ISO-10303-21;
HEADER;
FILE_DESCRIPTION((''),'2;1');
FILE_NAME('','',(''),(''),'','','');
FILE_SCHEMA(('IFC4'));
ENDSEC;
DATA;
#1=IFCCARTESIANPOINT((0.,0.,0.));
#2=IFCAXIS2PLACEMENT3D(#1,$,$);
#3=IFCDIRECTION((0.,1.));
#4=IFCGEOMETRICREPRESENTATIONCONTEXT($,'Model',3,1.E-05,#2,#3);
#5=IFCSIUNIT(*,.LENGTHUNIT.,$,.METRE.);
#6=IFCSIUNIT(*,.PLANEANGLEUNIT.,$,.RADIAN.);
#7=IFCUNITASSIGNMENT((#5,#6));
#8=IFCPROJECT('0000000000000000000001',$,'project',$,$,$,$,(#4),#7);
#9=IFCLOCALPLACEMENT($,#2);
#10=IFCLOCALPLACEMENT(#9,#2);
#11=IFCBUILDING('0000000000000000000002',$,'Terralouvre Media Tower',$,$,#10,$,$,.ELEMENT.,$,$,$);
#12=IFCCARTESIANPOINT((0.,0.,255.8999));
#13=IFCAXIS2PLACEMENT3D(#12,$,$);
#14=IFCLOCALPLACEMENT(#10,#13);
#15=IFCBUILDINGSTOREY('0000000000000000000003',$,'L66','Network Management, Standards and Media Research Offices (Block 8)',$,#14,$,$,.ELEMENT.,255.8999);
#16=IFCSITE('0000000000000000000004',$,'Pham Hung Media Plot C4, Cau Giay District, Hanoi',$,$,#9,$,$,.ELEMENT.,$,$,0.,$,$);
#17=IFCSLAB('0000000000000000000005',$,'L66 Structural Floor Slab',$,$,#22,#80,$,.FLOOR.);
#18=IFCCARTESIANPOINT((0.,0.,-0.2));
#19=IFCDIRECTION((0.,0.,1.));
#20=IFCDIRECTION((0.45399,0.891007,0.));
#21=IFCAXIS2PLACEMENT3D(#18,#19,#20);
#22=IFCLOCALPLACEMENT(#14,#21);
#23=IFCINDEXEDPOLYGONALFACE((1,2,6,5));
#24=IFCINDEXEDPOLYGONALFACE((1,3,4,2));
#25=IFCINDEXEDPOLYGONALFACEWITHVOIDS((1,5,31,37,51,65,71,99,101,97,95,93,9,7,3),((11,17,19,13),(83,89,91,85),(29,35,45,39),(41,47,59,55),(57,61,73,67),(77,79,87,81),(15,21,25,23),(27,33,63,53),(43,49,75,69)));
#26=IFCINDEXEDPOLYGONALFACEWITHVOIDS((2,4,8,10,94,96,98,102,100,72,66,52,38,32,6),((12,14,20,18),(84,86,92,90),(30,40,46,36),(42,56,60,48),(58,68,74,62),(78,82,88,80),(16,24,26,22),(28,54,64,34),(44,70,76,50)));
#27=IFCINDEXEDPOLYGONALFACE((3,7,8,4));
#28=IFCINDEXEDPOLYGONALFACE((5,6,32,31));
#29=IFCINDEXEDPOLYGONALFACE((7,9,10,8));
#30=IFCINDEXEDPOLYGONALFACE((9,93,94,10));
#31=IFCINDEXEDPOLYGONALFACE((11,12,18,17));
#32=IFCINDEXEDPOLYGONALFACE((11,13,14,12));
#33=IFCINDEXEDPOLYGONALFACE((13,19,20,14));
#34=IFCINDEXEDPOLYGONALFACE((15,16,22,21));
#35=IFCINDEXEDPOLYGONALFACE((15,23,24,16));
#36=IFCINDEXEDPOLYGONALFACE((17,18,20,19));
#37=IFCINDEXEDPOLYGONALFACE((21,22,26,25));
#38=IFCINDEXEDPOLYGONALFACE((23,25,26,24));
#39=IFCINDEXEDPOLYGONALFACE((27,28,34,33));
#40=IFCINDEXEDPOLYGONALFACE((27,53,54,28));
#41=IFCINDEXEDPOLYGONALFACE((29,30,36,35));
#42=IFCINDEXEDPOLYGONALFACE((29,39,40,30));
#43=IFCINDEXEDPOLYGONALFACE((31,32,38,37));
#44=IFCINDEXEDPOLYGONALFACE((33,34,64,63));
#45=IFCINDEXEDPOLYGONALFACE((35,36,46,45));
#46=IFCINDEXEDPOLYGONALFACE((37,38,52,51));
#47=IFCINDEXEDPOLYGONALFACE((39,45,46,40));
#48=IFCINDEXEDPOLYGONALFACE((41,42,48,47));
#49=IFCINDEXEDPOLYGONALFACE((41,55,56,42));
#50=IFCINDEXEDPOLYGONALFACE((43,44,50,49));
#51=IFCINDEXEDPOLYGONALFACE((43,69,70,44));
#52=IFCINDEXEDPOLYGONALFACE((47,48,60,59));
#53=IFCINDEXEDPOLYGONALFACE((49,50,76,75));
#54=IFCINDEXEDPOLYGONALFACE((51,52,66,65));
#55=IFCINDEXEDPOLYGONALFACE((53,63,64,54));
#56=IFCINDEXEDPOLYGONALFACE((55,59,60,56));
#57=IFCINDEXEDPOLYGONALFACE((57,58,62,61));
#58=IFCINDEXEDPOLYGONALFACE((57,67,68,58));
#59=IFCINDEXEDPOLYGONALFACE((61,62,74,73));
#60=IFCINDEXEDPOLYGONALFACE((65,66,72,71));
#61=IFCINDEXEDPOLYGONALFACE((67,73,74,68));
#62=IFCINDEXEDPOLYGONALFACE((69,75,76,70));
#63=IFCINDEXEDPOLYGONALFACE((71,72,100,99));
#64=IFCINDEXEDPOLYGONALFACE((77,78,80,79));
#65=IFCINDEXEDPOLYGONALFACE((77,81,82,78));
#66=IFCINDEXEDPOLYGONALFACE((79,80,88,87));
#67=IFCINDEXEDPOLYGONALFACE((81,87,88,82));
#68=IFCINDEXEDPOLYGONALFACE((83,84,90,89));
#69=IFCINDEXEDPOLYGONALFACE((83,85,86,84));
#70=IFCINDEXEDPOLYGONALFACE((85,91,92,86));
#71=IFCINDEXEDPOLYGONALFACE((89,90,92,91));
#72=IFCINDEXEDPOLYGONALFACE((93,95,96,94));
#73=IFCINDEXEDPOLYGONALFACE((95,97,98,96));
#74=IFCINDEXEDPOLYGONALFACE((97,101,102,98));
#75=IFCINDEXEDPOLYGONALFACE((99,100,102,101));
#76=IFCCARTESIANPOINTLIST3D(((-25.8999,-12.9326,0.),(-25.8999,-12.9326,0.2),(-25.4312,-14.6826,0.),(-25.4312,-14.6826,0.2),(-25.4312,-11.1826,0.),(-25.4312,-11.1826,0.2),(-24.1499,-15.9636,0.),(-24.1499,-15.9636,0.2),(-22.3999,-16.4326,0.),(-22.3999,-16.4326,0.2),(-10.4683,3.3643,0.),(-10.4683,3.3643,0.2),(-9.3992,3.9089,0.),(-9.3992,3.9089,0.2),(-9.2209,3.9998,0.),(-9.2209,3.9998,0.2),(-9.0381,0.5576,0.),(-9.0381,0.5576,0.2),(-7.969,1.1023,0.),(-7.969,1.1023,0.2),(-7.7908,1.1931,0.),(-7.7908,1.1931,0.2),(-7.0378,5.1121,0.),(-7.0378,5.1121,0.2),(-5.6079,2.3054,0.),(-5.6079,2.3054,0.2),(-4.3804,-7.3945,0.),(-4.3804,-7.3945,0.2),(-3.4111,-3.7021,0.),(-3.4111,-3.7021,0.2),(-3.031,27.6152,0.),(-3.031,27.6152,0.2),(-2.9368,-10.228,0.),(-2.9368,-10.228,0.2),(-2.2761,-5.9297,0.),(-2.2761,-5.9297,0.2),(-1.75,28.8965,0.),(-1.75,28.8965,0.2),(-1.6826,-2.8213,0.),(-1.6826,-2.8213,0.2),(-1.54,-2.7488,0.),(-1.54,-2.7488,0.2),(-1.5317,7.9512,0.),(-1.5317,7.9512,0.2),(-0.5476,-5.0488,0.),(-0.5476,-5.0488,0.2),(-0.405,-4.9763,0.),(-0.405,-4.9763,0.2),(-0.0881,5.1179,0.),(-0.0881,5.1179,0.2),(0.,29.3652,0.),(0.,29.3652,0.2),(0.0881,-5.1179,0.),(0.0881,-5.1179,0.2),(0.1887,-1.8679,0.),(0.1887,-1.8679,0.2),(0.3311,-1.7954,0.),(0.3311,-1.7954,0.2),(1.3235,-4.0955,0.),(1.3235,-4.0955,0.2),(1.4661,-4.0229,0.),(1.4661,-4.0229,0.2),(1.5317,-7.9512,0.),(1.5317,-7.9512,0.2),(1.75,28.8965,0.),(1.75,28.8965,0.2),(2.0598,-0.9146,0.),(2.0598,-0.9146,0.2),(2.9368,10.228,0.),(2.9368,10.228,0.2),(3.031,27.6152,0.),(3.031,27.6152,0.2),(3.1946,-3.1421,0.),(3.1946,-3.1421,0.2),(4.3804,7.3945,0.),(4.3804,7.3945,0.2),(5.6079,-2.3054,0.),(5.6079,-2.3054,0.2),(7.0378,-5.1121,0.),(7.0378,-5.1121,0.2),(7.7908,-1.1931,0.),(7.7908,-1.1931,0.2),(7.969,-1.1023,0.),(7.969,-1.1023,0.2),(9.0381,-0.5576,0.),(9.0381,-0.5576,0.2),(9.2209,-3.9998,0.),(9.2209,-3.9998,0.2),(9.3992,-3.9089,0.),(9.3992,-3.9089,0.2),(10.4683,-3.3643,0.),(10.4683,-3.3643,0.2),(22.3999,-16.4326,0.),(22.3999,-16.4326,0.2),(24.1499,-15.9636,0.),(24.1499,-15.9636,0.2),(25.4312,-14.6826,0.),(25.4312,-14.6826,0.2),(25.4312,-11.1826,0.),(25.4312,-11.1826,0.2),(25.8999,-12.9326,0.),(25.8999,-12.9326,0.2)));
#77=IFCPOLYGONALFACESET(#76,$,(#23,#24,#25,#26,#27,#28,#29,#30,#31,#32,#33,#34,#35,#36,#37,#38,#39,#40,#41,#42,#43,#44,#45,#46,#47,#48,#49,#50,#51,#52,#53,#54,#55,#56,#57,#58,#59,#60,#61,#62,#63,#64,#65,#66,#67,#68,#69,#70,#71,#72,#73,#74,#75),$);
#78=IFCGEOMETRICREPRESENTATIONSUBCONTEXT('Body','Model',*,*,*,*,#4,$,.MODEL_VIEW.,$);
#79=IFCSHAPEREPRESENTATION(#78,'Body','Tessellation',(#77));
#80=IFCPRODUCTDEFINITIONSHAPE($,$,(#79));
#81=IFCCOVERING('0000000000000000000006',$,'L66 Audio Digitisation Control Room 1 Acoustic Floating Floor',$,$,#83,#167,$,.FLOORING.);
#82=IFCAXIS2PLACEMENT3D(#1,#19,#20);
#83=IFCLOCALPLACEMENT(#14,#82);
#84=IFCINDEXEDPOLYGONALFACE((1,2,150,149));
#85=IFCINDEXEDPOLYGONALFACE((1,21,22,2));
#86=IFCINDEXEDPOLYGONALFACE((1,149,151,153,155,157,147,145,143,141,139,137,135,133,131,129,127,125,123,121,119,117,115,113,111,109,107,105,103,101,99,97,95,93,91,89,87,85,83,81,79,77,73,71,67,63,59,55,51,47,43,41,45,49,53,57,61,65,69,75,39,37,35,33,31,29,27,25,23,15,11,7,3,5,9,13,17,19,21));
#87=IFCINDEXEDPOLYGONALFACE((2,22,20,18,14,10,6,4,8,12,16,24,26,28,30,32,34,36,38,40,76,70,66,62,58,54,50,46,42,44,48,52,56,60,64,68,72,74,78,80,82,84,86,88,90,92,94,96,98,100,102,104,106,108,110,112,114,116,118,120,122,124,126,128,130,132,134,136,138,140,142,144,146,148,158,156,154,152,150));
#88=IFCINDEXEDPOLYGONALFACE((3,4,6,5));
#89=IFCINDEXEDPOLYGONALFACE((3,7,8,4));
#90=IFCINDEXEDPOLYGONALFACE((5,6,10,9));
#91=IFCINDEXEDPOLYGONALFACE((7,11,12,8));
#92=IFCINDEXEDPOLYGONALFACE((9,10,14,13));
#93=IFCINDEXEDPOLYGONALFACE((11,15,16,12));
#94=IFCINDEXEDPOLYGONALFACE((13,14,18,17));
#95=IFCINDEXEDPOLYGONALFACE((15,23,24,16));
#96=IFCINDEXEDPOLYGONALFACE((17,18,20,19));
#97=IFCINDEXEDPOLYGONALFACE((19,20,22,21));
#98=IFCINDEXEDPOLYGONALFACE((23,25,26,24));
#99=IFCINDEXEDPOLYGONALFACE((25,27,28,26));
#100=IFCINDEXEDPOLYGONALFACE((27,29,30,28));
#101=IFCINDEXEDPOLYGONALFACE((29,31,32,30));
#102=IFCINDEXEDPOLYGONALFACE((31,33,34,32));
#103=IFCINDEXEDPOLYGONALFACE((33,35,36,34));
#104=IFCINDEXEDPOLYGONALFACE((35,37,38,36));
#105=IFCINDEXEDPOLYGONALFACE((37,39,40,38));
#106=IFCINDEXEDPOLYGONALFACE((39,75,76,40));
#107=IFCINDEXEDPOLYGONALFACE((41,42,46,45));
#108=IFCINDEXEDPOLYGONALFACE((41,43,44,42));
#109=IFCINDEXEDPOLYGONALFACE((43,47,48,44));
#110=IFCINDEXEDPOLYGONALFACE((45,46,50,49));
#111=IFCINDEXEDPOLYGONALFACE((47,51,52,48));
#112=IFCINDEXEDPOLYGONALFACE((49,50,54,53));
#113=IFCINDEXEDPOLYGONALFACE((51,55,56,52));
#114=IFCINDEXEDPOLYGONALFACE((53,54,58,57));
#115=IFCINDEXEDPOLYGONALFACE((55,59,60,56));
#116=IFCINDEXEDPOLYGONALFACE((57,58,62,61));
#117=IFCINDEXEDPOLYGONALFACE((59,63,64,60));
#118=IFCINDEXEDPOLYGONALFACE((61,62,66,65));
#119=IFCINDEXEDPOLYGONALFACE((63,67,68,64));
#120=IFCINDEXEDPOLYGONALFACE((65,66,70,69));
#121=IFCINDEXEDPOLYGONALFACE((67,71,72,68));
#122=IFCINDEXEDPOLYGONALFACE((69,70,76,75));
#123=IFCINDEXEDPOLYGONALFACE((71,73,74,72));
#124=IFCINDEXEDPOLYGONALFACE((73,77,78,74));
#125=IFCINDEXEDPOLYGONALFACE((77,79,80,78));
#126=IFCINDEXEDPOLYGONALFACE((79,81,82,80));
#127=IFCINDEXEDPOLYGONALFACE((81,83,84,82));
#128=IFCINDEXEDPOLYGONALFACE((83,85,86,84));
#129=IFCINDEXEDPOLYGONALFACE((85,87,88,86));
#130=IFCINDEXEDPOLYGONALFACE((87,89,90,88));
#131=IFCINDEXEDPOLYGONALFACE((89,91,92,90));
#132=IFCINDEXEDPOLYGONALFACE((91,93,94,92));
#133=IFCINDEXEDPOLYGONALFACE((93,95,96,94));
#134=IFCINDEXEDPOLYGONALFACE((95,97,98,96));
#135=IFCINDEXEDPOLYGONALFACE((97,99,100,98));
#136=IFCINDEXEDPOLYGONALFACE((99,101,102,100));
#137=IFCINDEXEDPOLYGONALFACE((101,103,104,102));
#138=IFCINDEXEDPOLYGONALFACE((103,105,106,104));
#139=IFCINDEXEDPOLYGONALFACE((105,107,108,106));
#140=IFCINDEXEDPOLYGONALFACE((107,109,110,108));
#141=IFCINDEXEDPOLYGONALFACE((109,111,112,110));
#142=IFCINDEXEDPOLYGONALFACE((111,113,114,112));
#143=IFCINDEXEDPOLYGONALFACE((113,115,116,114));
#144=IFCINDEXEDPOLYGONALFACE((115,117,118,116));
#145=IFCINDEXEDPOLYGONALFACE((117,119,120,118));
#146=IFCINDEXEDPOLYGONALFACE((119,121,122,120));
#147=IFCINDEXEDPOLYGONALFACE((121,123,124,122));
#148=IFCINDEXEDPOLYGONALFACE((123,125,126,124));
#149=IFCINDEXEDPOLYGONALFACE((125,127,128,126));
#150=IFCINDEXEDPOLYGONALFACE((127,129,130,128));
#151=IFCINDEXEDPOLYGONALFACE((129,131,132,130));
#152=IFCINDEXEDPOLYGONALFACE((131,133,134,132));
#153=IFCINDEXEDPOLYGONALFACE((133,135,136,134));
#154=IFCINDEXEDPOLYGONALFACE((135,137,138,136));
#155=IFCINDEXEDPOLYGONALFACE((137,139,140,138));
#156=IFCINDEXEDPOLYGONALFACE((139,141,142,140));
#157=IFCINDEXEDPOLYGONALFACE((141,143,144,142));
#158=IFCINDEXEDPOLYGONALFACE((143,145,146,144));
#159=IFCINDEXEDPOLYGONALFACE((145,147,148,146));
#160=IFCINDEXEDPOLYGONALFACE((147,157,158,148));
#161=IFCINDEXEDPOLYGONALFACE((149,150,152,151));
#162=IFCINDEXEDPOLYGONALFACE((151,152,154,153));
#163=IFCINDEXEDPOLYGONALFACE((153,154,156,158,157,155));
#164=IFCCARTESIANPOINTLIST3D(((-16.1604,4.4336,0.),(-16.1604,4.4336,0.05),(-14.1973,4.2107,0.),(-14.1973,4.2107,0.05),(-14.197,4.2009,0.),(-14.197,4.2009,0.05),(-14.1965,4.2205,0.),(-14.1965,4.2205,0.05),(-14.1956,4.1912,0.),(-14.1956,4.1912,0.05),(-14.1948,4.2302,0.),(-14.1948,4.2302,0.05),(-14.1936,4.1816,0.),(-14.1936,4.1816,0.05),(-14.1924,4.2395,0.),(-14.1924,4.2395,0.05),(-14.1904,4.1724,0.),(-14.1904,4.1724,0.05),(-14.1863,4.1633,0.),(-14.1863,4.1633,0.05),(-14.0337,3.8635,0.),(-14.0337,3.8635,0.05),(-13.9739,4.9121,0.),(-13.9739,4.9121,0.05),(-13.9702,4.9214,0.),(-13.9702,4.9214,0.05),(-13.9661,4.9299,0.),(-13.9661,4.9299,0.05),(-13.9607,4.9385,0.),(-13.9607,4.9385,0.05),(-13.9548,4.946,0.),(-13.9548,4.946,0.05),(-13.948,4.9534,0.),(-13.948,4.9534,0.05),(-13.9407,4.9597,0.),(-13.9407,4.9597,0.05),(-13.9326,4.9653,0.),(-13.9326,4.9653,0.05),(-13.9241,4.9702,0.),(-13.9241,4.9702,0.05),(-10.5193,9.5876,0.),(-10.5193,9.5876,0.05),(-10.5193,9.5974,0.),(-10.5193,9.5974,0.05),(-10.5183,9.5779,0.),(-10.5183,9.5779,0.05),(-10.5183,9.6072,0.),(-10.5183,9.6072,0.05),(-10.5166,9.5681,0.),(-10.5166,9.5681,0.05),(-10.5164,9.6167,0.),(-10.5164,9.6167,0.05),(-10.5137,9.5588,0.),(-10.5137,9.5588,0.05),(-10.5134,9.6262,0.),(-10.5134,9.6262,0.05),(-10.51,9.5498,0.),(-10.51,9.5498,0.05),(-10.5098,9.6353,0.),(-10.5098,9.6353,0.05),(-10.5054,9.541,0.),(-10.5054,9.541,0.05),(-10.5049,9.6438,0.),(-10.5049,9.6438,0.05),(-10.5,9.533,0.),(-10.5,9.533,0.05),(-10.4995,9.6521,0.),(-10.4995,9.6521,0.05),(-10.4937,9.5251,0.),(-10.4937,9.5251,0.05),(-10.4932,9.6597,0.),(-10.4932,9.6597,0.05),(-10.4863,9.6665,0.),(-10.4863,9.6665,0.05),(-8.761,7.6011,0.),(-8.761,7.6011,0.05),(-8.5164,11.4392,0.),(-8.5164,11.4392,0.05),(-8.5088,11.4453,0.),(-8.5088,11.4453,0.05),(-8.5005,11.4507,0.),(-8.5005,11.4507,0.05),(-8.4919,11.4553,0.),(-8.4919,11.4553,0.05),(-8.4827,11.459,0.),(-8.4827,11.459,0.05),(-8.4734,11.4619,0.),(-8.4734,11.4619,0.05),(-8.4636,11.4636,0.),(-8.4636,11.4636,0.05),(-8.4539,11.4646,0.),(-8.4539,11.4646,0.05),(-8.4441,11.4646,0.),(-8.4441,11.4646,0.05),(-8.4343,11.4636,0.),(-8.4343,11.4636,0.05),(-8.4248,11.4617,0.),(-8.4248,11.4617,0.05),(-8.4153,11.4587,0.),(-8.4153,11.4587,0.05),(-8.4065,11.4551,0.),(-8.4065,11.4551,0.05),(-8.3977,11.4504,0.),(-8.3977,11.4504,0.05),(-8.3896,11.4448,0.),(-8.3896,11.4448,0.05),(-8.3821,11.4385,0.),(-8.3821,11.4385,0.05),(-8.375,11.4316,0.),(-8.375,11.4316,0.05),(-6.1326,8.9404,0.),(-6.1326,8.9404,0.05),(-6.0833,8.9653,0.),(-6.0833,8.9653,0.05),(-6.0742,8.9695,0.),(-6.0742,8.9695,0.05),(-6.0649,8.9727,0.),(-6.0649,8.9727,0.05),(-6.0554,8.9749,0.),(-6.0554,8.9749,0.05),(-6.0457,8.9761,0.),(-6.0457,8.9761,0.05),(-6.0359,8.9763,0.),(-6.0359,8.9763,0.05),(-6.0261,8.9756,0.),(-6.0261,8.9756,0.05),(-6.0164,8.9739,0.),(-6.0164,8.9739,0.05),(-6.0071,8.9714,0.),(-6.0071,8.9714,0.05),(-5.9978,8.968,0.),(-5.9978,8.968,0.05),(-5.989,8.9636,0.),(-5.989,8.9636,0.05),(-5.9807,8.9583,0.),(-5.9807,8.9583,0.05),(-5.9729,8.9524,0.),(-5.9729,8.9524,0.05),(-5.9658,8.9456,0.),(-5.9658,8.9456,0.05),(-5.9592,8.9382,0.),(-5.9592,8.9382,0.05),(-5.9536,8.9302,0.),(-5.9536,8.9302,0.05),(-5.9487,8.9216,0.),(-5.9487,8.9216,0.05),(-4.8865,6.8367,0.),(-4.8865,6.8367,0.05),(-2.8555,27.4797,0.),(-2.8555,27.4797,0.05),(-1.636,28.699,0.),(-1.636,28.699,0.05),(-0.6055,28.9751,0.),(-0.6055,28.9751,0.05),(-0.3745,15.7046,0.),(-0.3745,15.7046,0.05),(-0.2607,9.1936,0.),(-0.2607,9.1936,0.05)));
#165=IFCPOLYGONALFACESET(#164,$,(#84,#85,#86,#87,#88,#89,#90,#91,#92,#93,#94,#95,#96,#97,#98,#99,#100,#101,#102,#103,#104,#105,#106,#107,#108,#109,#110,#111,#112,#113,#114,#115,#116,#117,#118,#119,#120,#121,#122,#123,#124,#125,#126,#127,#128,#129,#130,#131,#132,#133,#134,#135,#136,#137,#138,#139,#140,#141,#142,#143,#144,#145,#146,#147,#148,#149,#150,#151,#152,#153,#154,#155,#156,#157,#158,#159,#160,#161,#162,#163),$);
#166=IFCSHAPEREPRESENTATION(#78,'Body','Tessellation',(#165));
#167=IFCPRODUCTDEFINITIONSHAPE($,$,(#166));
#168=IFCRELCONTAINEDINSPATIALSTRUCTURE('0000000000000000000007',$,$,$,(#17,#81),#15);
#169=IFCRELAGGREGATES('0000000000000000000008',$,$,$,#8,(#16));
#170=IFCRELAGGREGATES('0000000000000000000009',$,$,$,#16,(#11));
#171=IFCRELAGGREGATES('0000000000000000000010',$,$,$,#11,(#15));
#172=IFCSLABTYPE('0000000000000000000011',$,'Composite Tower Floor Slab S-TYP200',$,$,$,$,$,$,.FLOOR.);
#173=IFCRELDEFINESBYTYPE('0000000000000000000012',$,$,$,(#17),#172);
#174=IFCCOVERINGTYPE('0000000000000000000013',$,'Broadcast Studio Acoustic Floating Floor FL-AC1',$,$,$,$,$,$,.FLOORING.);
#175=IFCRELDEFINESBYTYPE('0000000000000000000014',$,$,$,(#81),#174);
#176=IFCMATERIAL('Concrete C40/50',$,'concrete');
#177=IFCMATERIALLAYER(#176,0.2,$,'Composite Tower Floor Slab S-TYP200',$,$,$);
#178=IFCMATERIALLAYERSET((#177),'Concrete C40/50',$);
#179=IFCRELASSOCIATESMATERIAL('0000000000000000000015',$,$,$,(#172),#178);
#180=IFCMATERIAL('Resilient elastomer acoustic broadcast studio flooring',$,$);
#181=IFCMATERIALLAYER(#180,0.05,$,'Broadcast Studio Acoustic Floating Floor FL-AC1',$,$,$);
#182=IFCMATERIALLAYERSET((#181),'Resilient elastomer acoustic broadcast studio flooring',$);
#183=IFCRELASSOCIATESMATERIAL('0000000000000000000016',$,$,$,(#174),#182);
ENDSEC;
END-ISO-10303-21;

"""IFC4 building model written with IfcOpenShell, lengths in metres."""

from ifc_helpers import new_model, si_unit, direction, frame, origin, place, context, subcontext, project, spatial, polyline, outline, extrude, material, layer, layer_set, type_object, element, save


model = new_model("IFC4")

# Units and contexts
model_context = context("Model", 3, precision=1e-05, world=origin(), true_north=direction((0.0, 1.0)))
body_context = subcontext(model_context, "Body", "Model", "MODEL_VIEW")
ifc_project = project(units=[si_unit("LENGTHUNIT", "METRE"), si_unit("PLANEANGLEUNIT", "RADIAN")], contexts=[model_context])

# Site, building, storey
site_placement = place(None, origin())
site = spatial("IfcSite", under=ifc_project, at=site_placement, Name="Pham Hung Media Plot C4, Cau Giay District, Hanoi", CompositionType="ELEMENT", RefElevation=0.0)
building_placement = place(site_placement, origin())
building = spatial("IfcBuilding", under=site, at=building_placement, Name="Terralouvre Media Tower", CompositionType="ELEMENT")
storey_placement = place(building_placement, frame((0.0, 0.0, 255.8999)))
storey = spatial("IfcBuildingStorey", under=building, at=storey_placement, Name="L66", Description="Network Management, Standards and Media Research Offices (Block 8)", CompositionType="ELEMENT", Elevation=255.8999)

# Slab
ifc_material_1 = material(Name="Concrete C40/50", Category="concrete")
ifc_layer_1 = layer(ifc_material_1, 0.2, Name="Composite Tower Floor Slab S-TYP200")
ifc_layer_set_1 = layer_set([ifc_layer_1], Name="Concrete C40/50")
slab_type = type_object("IfcSlabType", Name="Composite Tower Floor Slab S-TYP200", PredefinedType="FLOOR", material=ifc_layer_set_1)
slab_placement = place(storey_placement, frame((0.0, 0.0, -0.2), z_axis=(0.0, 0.0, 1.0), x_axis=(0.45399, 0.891007, 0.0)))
element("IfcSlab", 1, at=slab_placement, inside=storey, type_object=slab_type, Name="L66 Structural Floor Slab", PredefinedType="FLOOR", context=body_context, shape_type="SweptSolid", body=[
    extrude(outline(polyline([(-25.4312, -11.1826), (-25.8999, -12.9326), (-25.4312, -14.6826), (-24.1499, -15.9636), (-22.3999, -16.4326), (22.3999, -16.4326), (24.1499, -15.9636), (25.4312, -14.6826), (25.8999, -12.9326), (25.4312, -11.1826), (3.031, 27.6152), (1.75, 28.8965), (0.0, 29.3652), (-1.75, 28.8965), (-3.031, 27.6152), (-25.4312, -11.1826)]), holes=[polyline([(-7.969, 1.1023), (-9.0381, 0.5576), (-10.4683, 3.3643), (-9.3992, 3.9089), (-7.969, 1.1023)]), polyline([(-5.6079, 2.3054), (-7.7908, 1.1931), (-9.2209, 3.9998), (-7.0378, 5.1121), (-5.6079, 2.3054)]), polyline([(-4.3804, -7.3945), (0.0881, -5.1179), (1.5317, -7.9512), (-2.9368, -10.228), (-4.3804, -7.3945)]), polyline([(-0.5476, -5.0488), (-2.2761, -5.9297), (-3.4111, -3.7021), (-1.6826, -2.8213), (-0.5476, -5.0488)]), polyline([(1.3235, -4.0955), (-0.405, -4.9763), (-1.54, -2.7488), (0.1887, -1.8679), (1.3235, -4.0955)]), polyline([(3.1946, -3.1421), (1.4661, -4.0229), (0.3311, -1.7954), (2.0598, -0.9146), (3.1946, -3.1421)]), polyline([(4.3804, 7.3945), (-0.0881, 5.1179), (-1.5317, 7.9512), (2.9368, 10.228), (4.3804, 7.3945)]), polyline([(7.0378, -5.1121), (5.6079, -2.3054), (7.7908, -1.1931), (9.2209, -3.9998), (7.0378, -5.1121)]), polyline([(9.3992, -3.9089), (7.969, -1.1023), (9.0381, -0.5576), (10.4683, -3.3643), (9.3992, -3.9089)])]), origin(), (0.0, 0.0, 1.0), 0.2),
])

# Covering
ifc_material_2 = material(Name="Resilient elastomer acoustic broadcast studio flooring")
ifc_layer_2 = layer(ifc_material_2, 0.05, Name="Broadcast Studio Acoustic Floating Floor FL-AC1")
ifc_layer_set_2 = layer_set([ifc_layer_2], Name="Resilient elastomer acoustic broadcast studio flooring")
covering_type_1 = type_object("IfcCoveringType", Name="Broadcast Studio Acoustic Floating Floor FL-AC1", PredefinedType="FLOORING", material=ifc_layer_set_2)
covering_1_placement = place(storey_placement, frame((0.0, 0.0, 0.0), z_axis=(0.0, 0.0, 1.0), x_axis=(0.45399, 0.891007, 0.0)))
element("IfcCovering", 2, at=covering_1_placement, inside=storey, type_object=covering_type_1, Name="L66 Audio Digitisation Control Room 1 Acoustic Floating Floor", PredefinedType="FLOORING", context=body_context, shape_type="SweptSolid", body=[
    extrude(outline(polyline([(-14.0337, 3.8635), (-14.1863, 4.1633), (-14.1904, 4.1724), (-14.1936, 4.1816), (-14.1956, 4.1912), (-14.197, 4.2009), (-14.1973, 4.2107), (-14.1965, 4.2205), (-14.1948, 4.2302), (-14.1924, 4.2395), (-13.9739, 4.9121), (-13.9702, 4.9214), (-13.9661, 4.9299), (-13.9607, 4.9385), (-13.9548, 4.946), (-13.948, 4.9534), (-13.9407, 4.9597), (-13.9326, 4.9653), (-13.9241, 4.9702), (-8.761, 7.6011), (-10.4937, 9.5251), (-10.5, 9.533), (-10.5054, 9.541), (-10.51, 9.5498), (-10.5137, 9.5588), (-10.5166, 9.5681), (-10.5183, 9.5779), (-10.5193, 9.5876), (-10.5193, 9.5974), (-10.5183, 9.6072), (-10.5164, 9.6167), (-10.5134, 9.6262), (-10.5098, 9.6353), (-10.5049, 9.6438), (-10.4995, 9.6521), (-10.4932, 9.6597), (-10.4863, 9.6665), (-8.5164, 11.4392), (-8.5088, 11.4453), (-8.5005, 11.4507), (-8.4919, 11.4553), (-8.4827, 11.459), (-8.4734, 11.4619), (-8.4636, 11.4636), (-8.4539, 11.4646), (-8.4441, 11.4646), (-8.4343, 11.4636), (-8.4248, 11.4617), (-8.4153, 11.4587), (-8.4065, 11.4551), (-8.3977, 11.4504), (-8.3896, 11.4448), (-8.3821, 11.4385), (-8.375, 11.4316), (-6.1326, 8.9404), (-6.0833, 8.9653), (-6.0742, 8.9695), (-6.0649, 8.9727), (-6.0554, 8.9749), (-6.0457, 8.9761), (-6.0359, 8.9763), (-6.0261, 8.9756), (-6.0164, 8.9739), (-6.0071, 8.9714), (-5.9978, 8.968), (-5.989, 8.9636), (-5.9807, 8.9583), (-5.9729, 8.9524), (-5.9658, 8.9456), (-5.9592, 8.9382), (-5.9536, 8.9302), (-5.9487, 8.9216), (-4.8865, 6.8367), (-0.2607, 9.1936), (-0.3745, 15.7046), (-0.6055, 28.9751), (-1.636, 28.699), (-2.8555, 27.4797), (-16.1604, 4.4336), (-14.0337, 3.8635)])), origin(), (0.0, 0.0, 1.0), 0.05),
])

save(model, "model.ifc")
